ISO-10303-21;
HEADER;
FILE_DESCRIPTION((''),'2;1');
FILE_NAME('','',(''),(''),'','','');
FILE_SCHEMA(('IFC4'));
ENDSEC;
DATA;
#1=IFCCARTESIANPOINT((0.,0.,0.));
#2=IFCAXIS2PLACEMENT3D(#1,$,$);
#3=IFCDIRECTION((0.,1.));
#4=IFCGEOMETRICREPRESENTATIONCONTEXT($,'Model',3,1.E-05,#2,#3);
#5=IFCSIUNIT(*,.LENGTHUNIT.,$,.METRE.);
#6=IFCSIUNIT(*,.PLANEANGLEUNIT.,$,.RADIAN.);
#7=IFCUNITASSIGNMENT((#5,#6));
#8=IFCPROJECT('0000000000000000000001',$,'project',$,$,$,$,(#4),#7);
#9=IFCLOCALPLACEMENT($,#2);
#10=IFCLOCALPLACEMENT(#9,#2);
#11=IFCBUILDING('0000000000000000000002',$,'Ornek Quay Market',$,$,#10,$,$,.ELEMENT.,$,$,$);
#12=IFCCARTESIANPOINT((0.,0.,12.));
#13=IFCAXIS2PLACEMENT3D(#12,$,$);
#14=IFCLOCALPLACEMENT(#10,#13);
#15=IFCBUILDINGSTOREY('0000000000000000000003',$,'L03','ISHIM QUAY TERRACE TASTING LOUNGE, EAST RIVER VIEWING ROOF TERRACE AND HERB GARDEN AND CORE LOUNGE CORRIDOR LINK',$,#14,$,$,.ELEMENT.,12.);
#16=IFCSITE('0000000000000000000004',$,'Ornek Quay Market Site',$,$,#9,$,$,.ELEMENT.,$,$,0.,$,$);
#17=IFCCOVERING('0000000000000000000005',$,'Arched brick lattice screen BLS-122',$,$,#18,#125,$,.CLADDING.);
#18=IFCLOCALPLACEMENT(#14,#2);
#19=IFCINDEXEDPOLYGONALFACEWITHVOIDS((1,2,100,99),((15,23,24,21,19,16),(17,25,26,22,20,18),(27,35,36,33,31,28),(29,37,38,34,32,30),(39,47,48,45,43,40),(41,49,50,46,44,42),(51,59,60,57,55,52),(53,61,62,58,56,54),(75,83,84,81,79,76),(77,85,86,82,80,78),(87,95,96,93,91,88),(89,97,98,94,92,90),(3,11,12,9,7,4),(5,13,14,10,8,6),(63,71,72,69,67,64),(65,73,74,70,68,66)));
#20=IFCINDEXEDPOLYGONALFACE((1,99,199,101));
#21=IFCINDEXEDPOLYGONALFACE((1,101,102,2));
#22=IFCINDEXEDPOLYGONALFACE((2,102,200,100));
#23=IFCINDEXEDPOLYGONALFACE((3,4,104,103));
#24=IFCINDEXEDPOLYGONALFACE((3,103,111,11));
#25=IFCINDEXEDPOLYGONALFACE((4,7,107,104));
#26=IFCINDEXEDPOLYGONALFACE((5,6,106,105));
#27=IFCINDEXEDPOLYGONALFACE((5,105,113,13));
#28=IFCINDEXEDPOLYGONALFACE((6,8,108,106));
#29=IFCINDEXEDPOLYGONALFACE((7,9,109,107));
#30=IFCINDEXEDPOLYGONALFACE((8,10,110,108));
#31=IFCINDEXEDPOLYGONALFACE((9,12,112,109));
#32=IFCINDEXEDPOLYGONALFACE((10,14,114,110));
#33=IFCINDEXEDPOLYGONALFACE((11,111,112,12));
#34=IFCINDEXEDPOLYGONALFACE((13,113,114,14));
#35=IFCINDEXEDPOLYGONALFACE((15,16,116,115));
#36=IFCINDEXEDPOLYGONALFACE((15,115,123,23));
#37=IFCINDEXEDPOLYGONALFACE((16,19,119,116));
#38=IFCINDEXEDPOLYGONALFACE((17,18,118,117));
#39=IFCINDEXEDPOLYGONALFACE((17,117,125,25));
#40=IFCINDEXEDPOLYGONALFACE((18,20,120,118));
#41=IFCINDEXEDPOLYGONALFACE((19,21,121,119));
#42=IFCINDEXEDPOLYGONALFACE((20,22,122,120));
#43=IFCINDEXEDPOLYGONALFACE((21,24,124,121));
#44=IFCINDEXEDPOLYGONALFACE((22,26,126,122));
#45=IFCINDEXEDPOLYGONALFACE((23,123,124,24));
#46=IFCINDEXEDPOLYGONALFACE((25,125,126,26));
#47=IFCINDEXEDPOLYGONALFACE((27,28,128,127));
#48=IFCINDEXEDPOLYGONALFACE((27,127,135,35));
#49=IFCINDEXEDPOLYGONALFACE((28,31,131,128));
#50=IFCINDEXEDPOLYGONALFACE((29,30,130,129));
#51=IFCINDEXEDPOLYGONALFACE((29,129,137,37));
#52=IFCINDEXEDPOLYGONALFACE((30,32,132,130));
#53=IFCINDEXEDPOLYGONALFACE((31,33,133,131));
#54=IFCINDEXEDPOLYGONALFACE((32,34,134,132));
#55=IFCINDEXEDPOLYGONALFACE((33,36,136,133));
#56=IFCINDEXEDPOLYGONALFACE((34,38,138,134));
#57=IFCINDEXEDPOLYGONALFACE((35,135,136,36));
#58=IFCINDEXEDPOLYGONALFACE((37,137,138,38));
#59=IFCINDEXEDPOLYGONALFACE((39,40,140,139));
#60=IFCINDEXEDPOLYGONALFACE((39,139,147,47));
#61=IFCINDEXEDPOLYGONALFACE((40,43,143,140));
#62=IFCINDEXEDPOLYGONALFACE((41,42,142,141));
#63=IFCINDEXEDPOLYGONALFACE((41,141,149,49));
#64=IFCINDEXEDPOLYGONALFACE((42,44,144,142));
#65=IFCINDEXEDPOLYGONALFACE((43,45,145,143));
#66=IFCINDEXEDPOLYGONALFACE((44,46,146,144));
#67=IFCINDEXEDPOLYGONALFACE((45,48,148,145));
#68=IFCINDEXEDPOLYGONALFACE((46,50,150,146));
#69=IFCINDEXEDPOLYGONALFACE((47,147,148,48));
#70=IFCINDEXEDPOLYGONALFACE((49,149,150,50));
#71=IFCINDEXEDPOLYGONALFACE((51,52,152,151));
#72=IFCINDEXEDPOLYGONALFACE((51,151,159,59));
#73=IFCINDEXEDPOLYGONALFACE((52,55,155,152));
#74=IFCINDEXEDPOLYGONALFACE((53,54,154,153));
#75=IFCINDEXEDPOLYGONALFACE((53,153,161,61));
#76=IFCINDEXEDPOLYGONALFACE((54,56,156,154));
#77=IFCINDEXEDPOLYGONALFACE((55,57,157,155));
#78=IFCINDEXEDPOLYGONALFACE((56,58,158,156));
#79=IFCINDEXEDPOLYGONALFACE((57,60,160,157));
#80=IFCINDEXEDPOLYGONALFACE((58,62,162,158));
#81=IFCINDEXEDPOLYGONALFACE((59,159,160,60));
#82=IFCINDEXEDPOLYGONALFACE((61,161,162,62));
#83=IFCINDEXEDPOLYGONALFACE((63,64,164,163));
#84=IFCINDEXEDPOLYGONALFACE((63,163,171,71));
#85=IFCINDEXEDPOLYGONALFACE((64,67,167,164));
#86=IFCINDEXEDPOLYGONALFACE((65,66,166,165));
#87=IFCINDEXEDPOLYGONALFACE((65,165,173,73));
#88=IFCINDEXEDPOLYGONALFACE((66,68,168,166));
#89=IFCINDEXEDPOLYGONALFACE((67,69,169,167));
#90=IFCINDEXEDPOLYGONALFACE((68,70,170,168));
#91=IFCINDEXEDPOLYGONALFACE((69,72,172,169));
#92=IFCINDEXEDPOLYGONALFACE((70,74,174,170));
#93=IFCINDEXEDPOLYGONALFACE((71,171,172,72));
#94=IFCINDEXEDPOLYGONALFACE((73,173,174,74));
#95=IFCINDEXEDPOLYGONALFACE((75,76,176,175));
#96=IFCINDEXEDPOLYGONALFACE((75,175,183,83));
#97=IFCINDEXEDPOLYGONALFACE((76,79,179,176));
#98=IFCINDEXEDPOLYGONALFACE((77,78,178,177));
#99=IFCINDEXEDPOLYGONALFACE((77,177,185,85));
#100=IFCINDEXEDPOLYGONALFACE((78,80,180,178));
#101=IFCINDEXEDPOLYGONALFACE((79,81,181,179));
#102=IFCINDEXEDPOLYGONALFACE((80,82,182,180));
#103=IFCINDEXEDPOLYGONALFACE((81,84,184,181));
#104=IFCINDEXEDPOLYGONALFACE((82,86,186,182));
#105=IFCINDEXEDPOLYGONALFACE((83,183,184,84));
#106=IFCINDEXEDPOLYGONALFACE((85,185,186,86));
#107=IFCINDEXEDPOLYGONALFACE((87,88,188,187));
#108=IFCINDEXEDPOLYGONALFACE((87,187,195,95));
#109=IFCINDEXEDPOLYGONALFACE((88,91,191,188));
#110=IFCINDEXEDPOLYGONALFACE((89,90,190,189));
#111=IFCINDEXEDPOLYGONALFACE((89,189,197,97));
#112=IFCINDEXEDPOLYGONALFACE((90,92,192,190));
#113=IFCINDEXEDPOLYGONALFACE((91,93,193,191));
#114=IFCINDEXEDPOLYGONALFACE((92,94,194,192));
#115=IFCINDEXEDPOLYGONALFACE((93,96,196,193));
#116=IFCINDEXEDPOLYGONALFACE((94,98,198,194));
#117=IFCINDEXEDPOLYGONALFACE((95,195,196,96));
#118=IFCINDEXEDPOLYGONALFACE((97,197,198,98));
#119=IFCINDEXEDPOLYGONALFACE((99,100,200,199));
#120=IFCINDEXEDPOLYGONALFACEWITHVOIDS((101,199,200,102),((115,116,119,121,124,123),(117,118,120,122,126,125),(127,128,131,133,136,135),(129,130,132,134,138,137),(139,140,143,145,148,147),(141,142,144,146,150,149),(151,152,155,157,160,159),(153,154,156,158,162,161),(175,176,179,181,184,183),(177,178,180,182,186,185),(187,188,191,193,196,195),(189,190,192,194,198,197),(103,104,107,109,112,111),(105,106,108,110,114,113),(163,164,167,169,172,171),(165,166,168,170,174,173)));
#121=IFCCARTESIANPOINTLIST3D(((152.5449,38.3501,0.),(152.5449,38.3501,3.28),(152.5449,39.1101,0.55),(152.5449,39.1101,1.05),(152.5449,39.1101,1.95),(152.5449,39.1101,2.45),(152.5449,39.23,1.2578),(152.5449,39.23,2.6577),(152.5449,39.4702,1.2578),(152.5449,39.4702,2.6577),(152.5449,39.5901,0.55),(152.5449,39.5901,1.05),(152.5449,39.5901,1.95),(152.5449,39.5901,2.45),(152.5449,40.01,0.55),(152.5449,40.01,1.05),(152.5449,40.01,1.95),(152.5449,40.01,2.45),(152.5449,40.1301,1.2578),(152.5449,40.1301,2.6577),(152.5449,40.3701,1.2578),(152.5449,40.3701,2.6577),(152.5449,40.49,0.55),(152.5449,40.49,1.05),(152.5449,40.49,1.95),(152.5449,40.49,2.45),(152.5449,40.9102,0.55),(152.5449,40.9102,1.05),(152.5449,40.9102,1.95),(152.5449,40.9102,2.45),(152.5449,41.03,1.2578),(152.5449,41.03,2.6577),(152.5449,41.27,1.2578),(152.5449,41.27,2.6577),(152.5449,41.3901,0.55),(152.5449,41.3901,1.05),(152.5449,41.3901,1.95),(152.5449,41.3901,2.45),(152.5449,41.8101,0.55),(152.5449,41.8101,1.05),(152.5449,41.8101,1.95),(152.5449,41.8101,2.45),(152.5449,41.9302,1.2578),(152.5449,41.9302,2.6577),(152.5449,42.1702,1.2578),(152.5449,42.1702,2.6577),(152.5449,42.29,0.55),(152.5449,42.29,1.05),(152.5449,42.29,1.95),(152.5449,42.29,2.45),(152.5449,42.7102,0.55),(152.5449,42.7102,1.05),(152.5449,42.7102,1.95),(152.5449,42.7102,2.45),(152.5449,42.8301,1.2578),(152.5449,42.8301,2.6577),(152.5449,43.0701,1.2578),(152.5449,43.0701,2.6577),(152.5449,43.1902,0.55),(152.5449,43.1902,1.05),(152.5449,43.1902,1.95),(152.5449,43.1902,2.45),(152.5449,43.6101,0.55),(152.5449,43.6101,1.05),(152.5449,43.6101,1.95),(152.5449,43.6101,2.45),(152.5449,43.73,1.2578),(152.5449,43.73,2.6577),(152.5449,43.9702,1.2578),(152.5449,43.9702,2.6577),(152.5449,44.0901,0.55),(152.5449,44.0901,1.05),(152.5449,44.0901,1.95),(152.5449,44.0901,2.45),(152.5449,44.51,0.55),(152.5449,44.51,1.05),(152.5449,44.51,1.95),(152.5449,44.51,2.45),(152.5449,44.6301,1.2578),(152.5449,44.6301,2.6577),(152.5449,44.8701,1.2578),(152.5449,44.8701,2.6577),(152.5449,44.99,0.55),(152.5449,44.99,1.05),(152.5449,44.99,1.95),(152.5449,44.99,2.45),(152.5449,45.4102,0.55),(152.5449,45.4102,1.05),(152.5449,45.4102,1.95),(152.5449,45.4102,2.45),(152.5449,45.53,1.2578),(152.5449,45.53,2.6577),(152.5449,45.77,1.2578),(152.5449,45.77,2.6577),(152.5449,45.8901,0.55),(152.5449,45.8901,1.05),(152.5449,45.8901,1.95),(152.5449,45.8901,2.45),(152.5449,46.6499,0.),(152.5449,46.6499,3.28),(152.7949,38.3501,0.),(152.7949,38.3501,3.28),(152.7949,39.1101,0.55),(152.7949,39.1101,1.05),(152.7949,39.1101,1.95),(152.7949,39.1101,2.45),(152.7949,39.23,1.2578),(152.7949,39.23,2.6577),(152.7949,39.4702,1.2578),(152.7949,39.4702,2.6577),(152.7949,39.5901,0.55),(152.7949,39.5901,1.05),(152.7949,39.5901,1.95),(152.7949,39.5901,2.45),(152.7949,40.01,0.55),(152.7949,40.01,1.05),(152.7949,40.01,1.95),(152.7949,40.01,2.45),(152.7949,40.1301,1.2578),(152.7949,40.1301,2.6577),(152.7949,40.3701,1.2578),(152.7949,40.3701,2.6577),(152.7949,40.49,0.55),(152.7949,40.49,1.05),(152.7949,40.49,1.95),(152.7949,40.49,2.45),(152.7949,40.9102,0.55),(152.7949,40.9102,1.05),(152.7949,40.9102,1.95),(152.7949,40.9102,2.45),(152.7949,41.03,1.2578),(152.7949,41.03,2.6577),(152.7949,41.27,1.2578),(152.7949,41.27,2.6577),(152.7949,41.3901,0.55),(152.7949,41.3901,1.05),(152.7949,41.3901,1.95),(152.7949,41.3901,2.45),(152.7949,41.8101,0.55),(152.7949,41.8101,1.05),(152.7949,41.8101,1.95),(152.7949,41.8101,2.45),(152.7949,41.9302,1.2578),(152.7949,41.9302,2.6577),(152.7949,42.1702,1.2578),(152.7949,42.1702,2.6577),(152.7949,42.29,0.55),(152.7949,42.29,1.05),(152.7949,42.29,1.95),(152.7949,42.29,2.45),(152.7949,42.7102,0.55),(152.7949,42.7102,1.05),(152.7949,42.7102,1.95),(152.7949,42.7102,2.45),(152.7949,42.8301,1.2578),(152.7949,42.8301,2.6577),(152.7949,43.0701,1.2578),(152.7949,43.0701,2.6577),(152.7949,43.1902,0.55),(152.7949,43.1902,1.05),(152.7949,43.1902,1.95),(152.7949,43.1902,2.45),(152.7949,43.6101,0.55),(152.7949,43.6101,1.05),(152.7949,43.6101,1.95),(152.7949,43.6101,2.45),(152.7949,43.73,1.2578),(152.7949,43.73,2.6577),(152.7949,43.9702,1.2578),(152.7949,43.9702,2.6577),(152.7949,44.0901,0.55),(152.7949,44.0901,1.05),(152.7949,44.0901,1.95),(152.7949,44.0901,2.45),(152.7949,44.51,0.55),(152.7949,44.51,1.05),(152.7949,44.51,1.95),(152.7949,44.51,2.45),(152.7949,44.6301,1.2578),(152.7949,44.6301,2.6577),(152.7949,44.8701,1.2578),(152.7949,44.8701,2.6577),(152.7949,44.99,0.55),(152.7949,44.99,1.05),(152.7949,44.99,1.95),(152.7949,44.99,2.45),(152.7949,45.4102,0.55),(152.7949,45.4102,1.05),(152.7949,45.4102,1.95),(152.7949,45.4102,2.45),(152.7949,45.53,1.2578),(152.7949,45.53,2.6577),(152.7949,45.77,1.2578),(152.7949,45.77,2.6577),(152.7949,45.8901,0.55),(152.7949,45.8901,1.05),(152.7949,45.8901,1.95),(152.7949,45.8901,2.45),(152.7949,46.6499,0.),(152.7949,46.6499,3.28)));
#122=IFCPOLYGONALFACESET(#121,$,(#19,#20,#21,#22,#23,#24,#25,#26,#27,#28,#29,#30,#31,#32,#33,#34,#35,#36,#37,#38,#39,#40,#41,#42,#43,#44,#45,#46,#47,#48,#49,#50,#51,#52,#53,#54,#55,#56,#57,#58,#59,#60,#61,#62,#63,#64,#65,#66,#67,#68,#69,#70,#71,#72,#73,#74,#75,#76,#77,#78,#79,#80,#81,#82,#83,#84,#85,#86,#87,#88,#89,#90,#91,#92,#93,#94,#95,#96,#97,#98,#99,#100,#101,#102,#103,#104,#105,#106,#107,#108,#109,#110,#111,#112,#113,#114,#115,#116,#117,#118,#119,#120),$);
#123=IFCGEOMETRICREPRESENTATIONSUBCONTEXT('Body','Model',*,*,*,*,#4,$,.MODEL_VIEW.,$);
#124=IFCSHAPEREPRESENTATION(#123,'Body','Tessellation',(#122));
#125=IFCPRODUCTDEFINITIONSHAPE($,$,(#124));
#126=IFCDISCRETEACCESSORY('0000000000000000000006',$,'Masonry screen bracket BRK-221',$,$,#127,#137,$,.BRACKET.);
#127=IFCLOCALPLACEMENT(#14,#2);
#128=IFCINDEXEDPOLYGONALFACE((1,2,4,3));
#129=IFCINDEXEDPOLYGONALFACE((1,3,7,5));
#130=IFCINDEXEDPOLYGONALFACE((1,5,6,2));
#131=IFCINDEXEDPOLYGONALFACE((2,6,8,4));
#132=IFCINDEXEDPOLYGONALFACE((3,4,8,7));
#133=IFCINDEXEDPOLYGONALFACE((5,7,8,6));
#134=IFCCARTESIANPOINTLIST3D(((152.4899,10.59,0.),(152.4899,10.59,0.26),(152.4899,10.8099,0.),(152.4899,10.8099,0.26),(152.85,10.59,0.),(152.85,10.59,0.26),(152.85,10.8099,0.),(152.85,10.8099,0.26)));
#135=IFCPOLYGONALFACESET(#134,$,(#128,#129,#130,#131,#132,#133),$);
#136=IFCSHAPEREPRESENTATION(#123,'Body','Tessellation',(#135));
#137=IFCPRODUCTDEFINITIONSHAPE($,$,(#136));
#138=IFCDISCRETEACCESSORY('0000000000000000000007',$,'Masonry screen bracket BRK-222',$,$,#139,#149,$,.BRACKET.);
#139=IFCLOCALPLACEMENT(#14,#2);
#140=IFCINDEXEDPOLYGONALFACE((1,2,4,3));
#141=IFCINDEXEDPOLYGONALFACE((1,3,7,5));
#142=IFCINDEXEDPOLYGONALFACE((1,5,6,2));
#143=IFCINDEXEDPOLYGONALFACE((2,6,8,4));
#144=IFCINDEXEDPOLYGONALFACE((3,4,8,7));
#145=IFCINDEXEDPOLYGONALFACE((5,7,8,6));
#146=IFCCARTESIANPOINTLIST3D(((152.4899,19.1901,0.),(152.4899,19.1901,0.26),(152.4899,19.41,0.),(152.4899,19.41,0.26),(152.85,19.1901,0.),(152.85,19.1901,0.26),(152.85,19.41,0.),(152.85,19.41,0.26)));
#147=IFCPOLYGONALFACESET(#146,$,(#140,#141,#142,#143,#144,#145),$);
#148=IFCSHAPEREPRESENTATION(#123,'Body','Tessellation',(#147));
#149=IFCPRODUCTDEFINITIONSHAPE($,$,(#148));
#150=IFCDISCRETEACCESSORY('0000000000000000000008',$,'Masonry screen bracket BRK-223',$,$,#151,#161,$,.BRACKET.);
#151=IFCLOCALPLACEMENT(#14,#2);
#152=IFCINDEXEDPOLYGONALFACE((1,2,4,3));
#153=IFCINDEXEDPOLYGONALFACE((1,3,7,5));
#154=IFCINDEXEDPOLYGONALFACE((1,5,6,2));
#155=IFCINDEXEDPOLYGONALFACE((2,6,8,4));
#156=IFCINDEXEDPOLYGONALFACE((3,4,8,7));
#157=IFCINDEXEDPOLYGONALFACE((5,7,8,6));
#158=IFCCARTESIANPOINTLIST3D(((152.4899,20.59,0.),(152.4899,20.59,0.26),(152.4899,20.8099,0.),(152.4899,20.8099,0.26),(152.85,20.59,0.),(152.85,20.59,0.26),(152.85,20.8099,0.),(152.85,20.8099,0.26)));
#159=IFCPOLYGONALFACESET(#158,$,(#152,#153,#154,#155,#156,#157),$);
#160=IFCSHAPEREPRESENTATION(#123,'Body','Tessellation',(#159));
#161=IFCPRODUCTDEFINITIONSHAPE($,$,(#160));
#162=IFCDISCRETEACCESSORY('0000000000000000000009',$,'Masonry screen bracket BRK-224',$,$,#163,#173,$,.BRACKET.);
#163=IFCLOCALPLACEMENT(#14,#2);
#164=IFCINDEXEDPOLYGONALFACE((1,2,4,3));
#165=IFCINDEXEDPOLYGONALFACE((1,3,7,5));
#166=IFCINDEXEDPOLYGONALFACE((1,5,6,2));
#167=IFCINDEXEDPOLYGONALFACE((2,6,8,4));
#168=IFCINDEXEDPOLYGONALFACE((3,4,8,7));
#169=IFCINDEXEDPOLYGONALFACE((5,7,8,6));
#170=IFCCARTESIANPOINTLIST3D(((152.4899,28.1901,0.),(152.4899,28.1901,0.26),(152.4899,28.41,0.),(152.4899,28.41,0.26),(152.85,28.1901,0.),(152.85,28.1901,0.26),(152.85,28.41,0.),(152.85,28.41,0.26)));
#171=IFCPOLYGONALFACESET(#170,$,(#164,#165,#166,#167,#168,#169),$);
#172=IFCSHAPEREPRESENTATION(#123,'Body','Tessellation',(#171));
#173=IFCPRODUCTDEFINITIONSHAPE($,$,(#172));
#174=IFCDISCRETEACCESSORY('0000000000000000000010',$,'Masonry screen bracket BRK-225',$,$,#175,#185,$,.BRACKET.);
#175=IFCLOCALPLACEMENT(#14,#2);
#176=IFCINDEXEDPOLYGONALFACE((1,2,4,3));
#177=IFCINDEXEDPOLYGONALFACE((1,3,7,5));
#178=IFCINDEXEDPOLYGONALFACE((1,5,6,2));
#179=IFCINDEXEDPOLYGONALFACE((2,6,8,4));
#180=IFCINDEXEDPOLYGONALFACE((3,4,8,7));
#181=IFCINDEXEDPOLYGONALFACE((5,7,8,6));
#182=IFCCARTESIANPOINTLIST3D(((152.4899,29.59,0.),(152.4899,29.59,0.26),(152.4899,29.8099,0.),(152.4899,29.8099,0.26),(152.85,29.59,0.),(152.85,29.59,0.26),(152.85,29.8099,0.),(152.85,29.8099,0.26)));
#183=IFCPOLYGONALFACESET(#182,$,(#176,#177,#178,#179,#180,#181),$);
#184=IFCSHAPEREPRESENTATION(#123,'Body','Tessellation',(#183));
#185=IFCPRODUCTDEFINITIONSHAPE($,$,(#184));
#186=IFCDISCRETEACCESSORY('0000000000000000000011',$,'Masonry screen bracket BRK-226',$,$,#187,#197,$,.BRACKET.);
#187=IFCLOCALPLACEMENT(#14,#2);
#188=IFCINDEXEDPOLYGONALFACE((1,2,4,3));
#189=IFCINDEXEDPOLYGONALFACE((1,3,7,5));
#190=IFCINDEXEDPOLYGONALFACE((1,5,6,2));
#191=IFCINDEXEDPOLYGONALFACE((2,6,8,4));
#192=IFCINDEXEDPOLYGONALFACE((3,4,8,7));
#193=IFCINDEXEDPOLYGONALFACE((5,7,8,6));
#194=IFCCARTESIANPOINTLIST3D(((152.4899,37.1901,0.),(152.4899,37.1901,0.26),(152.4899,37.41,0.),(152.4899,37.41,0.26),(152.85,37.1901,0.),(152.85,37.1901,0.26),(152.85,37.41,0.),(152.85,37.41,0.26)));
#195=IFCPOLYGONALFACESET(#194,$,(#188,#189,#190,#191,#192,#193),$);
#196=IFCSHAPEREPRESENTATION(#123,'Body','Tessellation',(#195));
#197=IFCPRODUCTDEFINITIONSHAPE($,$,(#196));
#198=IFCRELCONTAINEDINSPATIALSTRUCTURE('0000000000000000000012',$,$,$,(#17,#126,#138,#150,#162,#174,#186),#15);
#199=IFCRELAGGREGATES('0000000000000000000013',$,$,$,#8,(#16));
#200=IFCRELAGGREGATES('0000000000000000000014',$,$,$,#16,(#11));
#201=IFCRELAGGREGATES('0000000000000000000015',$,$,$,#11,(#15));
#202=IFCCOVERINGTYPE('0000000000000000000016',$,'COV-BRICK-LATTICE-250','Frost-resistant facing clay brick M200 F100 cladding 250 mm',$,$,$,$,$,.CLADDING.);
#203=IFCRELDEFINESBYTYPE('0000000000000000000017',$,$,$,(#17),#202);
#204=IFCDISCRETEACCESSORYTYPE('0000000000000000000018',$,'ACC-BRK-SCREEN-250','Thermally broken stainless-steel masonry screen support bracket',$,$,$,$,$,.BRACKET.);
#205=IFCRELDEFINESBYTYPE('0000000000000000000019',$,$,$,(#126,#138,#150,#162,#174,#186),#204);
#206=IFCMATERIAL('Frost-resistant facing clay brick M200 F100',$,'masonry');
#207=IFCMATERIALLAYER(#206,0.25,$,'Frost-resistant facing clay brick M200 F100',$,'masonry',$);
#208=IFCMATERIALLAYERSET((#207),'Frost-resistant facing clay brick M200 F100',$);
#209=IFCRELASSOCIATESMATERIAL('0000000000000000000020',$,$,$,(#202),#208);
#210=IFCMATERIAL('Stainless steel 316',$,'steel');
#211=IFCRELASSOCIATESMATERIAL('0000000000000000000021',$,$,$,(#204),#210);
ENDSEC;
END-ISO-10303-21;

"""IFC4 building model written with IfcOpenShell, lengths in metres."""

from ifc_helpers import new_model, si_unit, direction, frame, origin, origin_2d, place, context, subcontext, project, spatial, polyline, rectangle, outline, extrude, material, layer, layer_set, type_object, element, save


model = new_model("IFC4")

# Units and contexts
model_context = context("Model", 3, precision=1e-05, world=origin(), true_north=direction((0.0, 1.0)))
body_context = subcontext(model_context, "Body", "Model", "MODEL_VIEW")
ifc_project = project(units=[si_unit("LENGTHUNIT", "METRE"), si_unit("PLANEANGLEUNIT", "RADIAN")], contexts=[model_context])

# Site, building, storey
site_placement = place(None, origin())
site = spatial("IfcSite", under=ifc_project, at=site_placement, Name="Ornek Quay Market Site", CompositionType="ELEMENT", RefElevation=0.0)
building_placement = place(site_placement, origin())
building = spatial("IfcBuilding", under=site, at=building_placement, Name="Ornek Quay Market", CompositionType="ELEMENT")
storey_placement = place(building_placement, frame((0.0, 0.0, 12.0)))
storey = spatial("IfcBuildingStorey", under=building, at=storey_placement, Name="L03", Description="ISHIM QUAY TERRACE TASTING LOUNGE, EAST RIVER VIEWING ROOF TERRACE AND HERB GARDEN AND CORE LOUNGE CORRIDOR LINK", CompositionType="ELEMENT", Elevation=12.0)

# Shared definitions
ifc_material_1 = material(Name="Frost-resistant facing clay brick M200 F100", Category="masonry")

# Covering
ifc_layer_1 = layer(ifc_material_1, 0.25, Name="Frost-resistant facing clay brick M200 F100", Category="masonry")
ifc_layer_set_1 = layer_set([ifc_layer_1], Name="Frost-resistant facing clay brick M200 F100")
covering_type = type_object("IfcCoveringType", Name="COV-BRICK-LATTICE-250", Description="Frost-resistant facing clay brick M200 F100 cladding 250 mm", PredefinedType="CLADDING", material=ifc_layer_set_1)
covering_1_placement = place(storey_placement, frame((152.6699, 38.3501, 0.0), z_axis=(0.0, 0.0, 1.0), x_axis=(0.0, 1.0, 0.0)))
element("IfcCovering", 1, at=covering_1_placement, inside=storey, type_object=covering_type, Name="Arched brick lattice screen BLS-122", PredefinedType="CLADDING", context=body_context, shape_type="SweptSolid", body=[
    extrude(outline(polyline([(0.0, 0.0), (8.2998, 0.0), (8.2998, 3.28), (0.0, 3.28), (0.0, 0.0)]), holes=[polyline([(0.76, 0.55), (1.24, 0.55), (1.24, 1.05), (1.1201, 1.2578), (0.8799, 1.2578), (0.76, 1.05), (0.76, 0.55)]), polyline([(0.76, 1.95), (1.24, 1.95), (1.24, 2.45), (1.1201, 2.6577), (0.8799, 2.6577), (0.76, 2.45), (0.76, 1.95)]), polyline([(1.6599, 0.55), (2.1399, 0.55), (2.1399, 1.05), (2.02, 1.2578), (1.78, 1.2578), (1.6599, 1.05), (1.6599, 0.55)]), polyline([(1.6599, 1.95), (2.1399, 1.95), (2.1399, 2.45), (2.02, 2.6577), (1.78, 2.6577), (1.6599, 2.45), (1.6599, 1.95)]), polyline([(2.5601, 0.55), (3.04, 0.55), (3.04, 1.05), (2.9199, 1.2578), (2.6799, 1.2578), (2.5601, 1.05), (2.5601, 0.55)]), polyline([(2.5601, 1.95), (3.04, 1.95), (3.04, 2.45), (2.9199, 2.6577), (2.6799, 2.6577), (2.5601, 2.45), (2.5601, 1.95)]), polyline([(3.46, 0.55), (3.9399, 0.55), (3.9399, 1.05), (3.8201, 1.2578), (3.5801, 1.2578), (3.46, 1.05), (3.46, 0.55)]), polyline([(3.46, 1.95), (3.9399, 1.95), (3.9399, 2.45), (3.8201, 2.6577), (3.5801, 2.6577), (3.46, 2.45), (3.46, 1.95)]), polyline([(4.3601, 0.55), (4.8401, 0.55), (4.8401, 1.05), (4.72, 1.2578), (4.48, 1.2578), (4.3601, 1.05), (4.3601, 0.55)]), polyline([(4.3601, 1.95), (4.8401, 1.95), (4.8401, 2.45), (4.72, 2.6577), (4.48, 2.6577), (4.3601, 2.45), (4.3601, 1.95)]), polyline([(5.26, 0.55), (5.74, 0.55), (5.74, 1.05), (5.6201, 1.2578), (5.3799, 1.2578), (5.26, 1.05), (5.26, 0.55)]), polyline([(5.26, 1.95), (5.74, 1.95), (5.74, 2.45), (5.6201, 2.6577), (5.3799, 2.6577), (5.26, 2.45), (5.26, 1.95)]), polyline([(6.1599, 0.55), (6.6399, 0.55), (6.6399, 1.05), (6.52, 1.2578), (6.28, 1.2578), (6.1599, 1.05), (6.1599, 0.55)]), polyline([(6.1599, 1.95), (6.6399, 1.95), (6.6399, 2.45), (6.52, 2.6577), (6.28, 2.6577), (6.1599, 2.45), (6.1599, 1.95)]), polyline([(7.0601, 0.55), (7.54, 0.55), (7.54, 1.05), (7.4199, 1.2578), (7.1799, 1.2578), (7.0601, 1.05), (7.0601, 0.55)]), polyline([(7.0601, 1.95), (7.54, 1.95), (7.54, 2.45), (7.4199, 2.6577), (7.1799, 2.6577), (7.0601, 2.45), (7.0601, 1.95)])]), frame((0.0, 0.125, 0.0), z_axis=(0.0, -1.0, 0.0), x_axis=(1.0, 0.0, 0.0)), (0.0, 0.0, 1.0), 0.25),
])

# Discrete accessories
ifc_material_2 = material(Name="Stainless steel 316", Category="steel")
discrete_accessory_type = type_object("IfcDiscreteAccessoryType", Name="ACC-BRK-SCREEN-250", Description="Thermally broken stainless-steel masonry screen support bracket", PredefinedType="BRACKET", material=ifc_material_2)
for number, where, z_axis, x_axis, name in (
    (2, (152.6699, 10.7, 0.0), (0.0, 0.0, 1.0), (0.0, 1.0, 0.0), "Masonry screen bracket BRK-221"),
    (3, (152.6699, 19.3, 0.0), (0.0, 0.0, 1.0), (0.0, 1.0, 0.0), "Masonry screen bracket BRK-222"),
    (4, (152.6699, 20.7, 0.0), (0.0, 0.0, 1.0), (0.0, 1.0, 0.0), "Masonry screen bracket BRK-223"),
    (5, (152.6699, 28.3, 0.0), (0.0, 0.0, 1.0), (0.0, 1.0, 0.0), "Masonry screen bracket BRK-224"),
    (6, (152.6699, 29.7, 0.0), (0.0, 0.0, 1.0), (0.0, 1.0, 0.0), "Masonry screen bracket BRK-225"),
    (7, (152.6699, 37.3, 0.0), (0.0, 0.0, 1.0), (0.0, 1.0, 0.0), "Masonry screen bracket BRK-226"),
):
    element("IfcDiscreteAccessory", number, at=place(storey_placement, frame(where, z_axis=z_axis, x_axis=x_axis)), inside=storey, type_object=discrete_accessory_type, Name=name, PredefinedType="BRACKET", context=body_context, shape_type="SweptSolid", body=[
        extrude(rectangle(XDim=0.22, YDim=0.3601, at=origin_2d()), origin(), (0.0, 0.0, 1.0), 0.26),
    ])

save(model, "model.ifc")
